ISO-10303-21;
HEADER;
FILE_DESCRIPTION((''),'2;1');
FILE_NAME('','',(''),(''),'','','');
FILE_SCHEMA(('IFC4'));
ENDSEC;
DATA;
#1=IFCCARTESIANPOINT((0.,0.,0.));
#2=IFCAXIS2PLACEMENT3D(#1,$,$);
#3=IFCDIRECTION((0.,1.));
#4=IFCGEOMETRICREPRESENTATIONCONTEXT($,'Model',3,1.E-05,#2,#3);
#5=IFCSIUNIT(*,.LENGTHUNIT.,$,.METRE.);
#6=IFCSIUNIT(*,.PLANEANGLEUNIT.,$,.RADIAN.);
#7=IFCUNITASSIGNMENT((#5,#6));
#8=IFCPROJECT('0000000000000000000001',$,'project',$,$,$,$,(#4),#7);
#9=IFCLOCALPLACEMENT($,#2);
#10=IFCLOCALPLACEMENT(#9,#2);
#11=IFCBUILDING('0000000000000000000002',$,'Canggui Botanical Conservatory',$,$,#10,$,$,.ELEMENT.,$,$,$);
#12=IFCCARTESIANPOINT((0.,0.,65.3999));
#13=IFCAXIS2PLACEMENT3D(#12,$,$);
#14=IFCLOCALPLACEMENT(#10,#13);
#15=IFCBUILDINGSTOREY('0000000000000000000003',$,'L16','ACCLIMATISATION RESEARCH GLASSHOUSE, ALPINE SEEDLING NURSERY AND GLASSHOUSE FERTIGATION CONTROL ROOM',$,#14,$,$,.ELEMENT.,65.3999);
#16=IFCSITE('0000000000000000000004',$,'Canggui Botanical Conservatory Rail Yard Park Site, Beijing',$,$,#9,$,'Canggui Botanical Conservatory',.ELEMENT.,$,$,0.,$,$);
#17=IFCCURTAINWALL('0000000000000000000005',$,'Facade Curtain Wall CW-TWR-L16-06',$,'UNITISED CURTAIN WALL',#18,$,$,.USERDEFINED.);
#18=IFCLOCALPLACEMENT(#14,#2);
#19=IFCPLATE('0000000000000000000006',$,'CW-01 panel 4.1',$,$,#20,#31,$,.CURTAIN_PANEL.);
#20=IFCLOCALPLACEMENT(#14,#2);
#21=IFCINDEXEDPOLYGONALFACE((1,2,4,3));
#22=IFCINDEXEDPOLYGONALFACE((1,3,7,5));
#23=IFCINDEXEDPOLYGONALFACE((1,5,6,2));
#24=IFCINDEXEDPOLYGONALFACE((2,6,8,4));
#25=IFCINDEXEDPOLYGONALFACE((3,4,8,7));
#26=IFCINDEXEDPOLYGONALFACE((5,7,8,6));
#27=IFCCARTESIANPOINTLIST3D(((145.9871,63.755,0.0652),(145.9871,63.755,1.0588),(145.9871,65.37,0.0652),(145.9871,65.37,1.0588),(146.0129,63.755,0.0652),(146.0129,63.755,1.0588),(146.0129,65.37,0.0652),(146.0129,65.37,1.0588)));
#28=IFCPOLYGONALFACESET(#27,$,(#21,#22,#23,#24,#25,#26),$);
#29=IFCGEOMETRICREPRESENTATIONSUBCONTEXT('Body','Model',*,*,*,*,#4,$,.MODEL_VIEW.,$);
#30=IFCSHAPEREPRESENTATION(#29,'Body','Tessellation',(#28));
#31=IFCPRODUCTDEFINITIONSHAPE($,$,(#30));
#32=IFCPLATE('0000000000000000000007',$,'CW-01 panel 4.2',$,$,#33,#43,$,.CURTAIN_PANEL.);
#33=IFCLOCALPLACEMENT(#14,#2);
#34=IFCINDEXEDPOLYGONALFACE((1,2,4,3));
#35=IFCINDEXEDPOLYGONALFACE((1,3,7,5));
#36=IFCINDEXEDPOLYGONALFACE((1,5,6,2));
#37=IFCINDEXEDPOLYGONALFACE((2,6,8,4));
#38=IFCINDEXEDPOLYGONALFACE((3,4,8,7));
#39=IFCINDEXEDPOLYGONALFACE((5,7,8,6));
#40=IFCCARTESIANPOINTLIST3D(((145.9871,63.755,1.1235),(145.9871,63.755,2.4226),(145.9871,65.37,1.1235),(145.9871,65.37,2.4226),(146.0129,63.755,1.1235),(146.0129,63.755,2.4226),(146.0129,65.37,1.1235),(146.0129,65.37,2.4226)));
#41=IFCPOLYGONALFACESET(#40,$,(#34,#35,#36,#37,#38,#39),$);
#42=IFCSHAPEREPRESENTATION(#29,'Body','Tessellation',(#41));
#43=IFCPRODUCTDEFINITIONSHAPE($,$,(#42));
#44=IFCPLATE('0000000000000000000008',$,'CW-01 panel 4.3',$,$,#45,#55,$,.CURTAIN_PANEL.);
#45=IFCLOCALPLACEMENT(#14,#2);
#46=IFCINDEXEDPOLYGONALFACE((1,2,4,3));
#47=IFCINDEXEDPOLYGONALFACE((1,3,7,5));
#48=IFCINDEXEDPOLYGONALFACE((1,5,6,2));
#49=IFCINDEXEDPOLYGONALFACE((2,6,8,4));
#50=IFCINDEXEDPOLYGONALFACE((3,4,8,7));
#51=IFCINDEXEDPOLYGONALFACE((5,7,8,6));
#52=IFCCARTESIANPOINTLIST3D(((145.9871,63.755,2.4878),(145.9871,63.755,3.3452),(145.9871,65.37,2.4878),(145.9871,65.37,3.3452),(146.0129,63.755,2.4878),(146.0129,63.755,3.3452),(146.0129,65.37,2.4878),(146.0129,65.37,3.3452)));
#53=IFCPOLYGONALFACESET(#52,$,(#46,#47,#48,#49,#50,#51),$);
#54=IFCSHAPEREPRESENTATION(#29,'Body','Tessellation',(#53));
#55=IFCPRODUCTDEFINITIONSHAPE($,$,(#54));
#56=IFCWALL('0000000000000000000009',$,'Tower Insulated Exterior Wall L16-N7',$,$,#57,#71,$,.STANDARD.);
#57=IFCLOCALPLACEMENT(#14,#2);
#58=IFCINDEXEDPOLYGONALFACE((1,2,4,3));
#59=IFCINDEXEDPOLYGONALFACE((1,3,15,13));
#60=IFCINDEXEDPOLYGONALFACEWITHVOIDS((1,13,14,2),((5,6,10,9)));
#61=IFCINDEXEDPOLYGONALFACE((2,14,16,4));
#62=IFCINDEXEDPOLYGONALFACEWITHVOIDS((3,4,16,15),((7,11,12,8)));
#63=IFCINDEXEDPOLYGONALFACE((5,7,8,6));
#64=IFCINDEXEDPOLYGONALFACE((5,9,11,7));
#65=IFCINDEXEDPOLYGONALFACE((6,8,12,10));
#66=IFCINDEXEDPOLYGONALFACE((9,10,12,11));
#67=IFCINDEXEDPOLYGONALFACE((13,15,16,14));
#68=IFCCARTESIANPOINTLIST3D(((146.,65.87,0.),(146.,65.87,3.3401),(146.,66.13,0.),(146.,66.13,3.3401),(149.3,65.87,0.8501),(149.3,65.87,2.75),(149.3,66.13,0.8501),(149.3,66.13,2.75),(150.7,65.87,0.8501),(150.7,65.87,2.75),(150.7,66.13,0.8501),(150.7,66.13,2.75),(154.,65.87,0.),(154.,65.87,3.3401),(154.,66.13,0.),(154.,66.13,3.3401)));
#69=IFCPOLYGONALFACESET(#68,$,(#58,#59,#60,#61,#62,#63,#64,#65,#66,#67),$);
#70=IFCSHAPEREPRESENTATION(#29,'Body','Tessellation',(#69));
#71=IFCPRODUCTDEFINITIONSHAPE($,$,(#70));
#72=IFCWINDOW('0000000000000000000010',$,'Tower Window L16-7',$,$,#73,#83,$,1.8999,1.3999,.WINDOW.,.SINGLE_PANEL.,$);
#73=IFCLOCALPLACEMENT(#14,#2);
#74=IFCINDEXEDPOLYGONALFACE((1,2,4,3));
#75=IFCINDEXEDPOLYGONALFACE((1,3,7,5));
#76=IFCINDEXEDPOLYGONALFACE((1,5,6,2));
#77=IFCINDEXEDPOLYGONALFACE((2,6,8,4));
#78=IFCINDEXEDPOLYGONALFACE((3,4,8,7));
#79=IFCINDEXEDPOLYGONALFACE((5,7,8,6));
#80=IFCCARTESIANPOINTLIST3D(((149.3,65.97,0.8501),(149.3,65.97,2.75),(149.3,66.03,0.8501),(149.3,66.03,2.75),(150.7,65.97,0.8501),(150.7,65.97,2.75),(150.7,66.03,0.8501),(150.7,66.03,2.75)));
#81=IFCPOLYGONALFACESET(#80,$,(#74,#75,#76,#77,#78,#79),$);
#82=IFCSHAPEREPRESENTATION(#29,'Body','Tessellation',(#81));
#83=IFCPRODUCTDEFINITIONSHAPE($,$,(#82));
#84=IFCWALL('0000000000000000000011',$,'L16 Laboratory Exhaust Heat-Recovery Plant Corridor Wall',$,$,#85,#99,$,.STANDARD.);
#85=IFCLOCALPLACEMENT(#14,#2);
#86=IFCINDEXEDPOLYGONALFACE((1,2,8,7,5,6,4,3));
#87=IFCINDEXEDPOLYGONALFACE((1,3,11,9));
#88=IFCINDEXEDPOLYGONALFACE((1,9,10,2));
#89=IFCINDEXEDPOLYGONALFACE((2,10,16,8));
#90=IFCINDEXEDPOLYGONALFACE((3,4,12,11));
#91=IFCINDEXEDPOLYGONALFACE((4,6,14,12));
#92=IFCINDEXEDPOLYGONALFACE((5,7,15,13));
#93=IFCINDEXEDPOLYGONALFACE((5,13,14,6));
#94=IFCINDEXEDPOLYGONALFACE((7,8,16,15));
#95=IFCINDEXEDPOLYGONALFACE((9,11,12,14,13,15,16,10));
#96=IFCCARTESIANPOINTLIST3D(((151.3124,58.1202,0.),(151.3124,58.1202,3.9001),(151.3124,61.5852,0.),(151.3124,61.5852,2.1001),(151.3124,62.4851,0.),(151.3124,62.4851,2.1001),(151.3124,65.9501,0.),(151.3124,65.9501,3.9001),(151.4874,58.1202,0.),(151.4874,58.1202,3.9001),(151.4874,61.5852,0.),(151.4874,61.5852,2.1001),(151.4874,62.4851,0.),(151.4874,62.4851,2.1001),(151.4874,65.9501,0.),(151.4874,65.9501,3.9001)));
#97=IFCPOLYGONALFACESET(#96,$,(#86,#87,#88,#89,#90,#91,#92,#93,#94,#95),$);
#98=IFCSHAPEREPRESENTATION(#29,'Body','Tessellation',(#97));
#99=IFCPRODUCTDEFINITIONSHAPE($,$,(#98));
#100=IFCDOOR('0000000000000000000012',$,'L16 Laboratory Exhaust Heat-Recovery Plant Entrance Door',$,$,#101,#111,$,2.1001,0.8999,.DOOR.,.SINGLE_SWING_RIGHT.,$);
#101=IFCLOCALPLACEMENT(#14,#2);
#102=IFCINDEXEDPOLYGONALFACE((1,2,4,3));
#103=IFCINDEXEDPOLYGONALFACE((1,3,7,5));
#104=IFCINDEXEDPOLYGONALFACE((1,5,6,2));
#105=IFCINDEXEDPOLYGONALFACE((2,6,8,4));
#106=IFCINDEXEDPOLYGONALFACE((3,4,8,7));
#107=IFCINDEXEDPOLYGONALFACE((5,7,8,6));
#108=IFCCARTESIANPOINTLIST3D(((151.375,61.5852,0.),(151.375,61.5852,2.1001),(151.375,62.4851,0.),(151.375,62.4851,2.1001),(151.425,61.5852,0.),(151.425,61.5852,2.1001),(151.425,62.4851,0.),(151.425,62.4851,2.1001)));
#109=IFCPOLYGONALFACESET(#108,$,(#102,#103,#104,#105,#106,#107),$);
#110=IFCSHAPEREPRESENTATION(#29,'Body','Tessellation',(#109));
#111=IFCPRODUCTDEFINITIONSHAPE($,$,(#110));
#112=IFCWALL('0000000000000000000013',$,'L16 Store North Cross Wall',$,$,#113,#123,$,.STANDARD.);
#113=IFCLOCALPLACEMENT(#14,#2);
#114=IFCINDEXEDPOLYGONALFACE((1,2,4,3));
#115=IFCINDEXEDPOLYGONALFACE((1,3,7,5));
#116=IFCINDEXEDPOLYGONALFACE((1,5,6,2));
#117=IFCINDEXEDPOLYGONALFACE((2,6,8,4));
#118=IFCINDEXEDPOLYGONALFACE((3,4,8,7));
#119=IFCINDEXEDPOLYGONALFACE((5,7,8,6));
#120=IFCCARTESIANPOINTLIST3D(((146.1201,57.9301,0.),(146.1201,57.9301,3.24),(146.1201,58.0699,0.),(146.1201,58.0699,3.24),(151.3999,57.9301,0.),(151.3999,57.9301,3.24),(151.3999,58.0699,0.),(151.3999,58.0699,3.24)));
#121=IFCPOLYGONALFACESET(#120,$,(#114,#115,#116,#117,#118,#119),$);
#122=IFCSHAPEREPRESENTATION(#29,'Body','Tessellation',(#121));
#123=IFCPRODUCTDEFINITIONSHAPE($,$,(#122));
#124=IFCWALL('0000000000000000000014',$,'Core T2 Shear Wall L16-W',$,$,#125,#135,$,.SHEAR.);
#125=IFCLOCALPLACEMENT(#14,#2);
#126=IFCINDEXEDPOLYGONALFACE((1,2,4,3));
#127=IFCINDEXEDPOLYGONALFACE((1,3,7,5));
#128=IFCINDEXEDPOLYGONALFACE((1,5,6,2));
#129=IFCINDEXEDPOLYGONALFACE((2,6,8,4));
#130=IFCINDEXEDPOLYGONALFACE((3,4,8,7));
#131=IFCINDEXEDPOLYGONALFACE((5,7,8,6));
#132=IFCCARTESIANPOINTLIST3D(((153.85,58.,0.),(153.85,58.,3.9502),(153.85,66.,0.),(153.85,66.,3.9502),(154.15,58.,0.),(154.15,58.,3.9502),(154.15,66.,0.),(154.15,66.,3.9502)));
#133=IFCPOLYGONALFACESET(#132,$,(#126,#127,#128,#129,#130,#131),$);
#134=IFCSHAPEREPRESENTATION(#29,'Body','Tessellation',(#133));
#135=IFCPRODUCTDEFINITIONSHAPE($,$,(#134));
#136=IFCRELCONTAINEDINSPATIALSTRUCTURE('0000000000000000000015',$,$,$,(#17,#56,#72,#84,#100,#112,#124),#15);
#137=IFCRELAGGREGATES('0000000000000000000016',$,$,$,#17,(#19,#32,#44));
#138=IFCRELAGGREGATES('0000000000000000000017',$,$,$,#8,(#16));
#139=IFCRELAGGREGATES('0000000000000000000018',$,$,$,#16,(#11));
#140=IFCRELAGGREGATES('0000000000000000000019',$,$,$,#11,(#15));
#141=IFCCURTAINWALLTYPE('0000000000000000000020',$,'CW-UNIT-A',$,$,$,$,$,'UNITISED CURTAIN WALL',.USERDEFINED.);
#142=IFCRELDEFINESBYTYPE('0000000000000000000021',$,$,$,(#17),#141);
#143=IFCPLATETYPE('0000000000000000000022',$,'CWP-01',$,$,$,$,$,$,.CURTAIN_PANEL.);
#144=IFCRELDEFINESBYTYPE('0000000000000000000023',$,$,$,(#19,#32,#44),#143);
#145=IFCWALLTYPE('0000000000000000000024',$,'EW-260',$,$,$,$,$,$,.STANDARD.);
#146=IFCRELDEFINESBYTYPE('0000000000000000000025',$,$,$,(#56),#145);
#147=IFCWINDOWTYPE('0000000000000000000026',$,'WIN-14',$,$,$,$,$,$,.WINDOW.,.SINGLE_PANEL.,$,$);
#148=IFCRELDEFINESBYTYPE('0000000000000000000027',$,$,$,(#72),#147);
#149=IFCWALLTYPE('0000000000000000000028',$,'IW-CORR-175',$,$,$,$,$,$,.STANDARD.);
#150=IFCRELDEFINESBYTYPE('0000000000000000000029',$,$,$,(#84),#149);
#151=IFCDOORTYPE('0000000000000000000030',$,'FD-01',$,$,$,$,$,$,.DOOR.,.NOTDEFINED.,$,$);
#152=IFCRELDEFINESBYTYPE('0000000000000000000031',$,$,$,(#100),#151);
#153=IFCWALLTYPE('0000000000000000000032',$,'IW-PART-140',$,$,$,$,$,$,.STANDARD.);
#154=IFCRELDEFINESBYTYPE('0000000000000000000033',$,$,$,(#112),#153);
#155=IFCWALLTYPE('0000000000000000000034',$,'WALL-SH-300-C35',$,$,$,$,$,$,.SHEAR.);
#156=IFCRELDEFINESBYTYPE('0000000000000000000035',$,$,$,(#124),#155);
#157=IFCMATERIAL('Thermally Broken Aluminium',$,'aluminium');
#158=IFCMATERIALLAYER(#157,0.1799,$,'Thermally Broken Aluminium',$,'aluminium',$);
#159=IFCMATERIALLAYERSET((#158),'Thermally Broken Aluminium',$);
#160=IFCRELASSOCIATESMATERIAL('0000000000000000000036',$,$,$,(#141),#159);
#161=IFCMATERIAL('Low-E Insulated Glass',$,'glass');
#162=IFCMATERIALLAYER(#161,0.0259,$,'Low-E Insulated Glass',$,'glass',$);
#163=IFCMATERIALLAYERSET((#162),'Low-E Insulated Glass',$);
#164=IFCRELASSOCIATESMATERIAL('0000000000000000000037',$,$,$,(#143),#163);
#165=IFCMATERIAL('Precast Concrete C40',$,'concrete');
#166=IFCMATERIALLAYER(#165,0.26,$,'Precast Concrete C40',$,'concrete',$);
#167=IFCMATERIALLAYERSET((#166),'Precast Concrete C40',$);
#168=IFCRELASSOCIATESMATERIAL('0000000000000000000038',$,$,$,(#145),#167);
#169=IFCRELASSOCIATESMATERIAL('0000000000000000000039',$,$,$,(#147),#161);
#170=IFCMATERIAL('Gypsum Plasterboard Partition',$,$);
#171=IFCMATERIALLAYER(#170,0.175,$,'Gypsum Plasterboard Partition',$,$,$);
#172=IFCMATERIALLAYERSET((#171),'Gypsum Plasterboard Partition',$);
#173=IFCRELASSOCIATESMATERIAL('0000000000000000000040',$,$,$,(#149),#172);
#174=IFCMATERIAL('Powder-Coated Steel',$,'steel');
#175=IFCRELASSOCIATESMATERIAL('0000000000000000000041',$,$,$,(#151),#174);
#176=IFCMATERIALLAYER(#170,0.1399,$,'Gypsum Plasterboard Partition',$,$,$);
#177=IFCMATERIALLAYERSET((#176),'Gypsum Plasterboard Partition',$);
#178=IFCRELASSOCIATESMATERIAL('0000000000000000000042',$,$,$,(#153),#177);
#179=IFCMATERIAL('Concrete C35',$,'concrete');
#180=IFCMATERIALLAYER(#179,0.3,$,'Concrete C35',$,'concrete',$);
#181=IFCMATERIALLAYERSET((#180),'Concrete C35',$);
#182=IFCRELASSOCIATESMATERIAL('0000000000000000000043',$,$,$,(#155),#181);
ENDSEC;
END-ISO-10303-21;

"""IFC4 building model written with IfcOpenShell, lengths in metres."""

from ifc_helpers import new_model, si_unit, direction, frame, frame_2d, origin, origin_2d, place, context, subcontext, project, spatial, rectangle, extrude, material, layer, layer_set, type_object, element, fill, aggregate, save


model = new_model("IFC4")

# Units and contexts
model_context = context("Model", 3, precision=1e-05, world=origin(), true_north=direction((0.0, 1.0)))
body_context = subcontext(model_context, "Body", "Model", "MODEL_VIEW")
ifc_project = project(units=[si_unit("LENGTHUNIT", "METRE"), si_unit("PLANEANGLEUNIT", "RADIAN")], contexts=[model_context])

# Site, building, storey
site_placement = place(None, origin())
site = spatial("IfcSite", under=ifc_project, at=site_placement, Name="Canggui Botanical Conservatory Rail Yard Park Site, Beijing", LongName="Canggui Botanical Conservatory", CompositionType="ELEMENT", RefElevation=0.0)
building_placement = place(site_placement, origin())
building = spatial("IfcBuilding", under=site, at=building_placement, Name="Canggui Botanical Conservatory", CompositionType="ELEMENT")
storey_placement = place(building_placement, frame((0.0, 0.0, 65.3999)))
storey = spatial("IfcBuildingStorey", under=building, at=storey_placement, Name="L16", Description="ACCLIMATISATION RESEARCH GLASSHOUSE, ALPINE SEEDLING NURSERY AND GLASSHOUSE FERTIGATION CONTROL ROOM", CompositionType="ELEMENT", Elevation=65.3999)

# Shared definitions
ifc_material_1 = material(Name="Concrete C35", Category="concrete")

# Curtain wall, plates
ifc_material_2 = material(Name="Thermally Broken Aluminium", Category="aluminium")
ifc_layer_1 = layer(ifc_material_2, 0.1799, Name="Thermally Broken Aluminium", Category="aluminium")
ifc_layer_set_1 = layer_set([ifc_layer_1], Name="Thermally Broken Aluminium")
curtain_wall_type = type_object("IfcCurtainWallType", Name="CW-UNIT-A", ElementType="UNITISED CURTAIN WALL", PredefinedType="USERDEFINED", material=ifc_layer_set_1)
curtain_wall_placement = place(storey_placement, origin())
curtain_wall = element("IfcCurtainWall", 1, at=curtain_wall_placement, inside=storey, type_object=curtain_wall_type, Name="Facade Curtain Wall CW-TWR-L16-06", ObjectType="UNITISED CURTAIN WALL", PredefinedType="USERDEFINED")
ifc_material_3 = material(Name="Low-E Insulated Glass", Category="glass")
ifc_layer_2 = layer(ifc_material_3, 0.0259, Name="Low-E Insulated Glass", Category="glass")
ifc_layer_set_2 = layer_set([ifc_layer_2], Name="Low-E Insulated Glass")
plate_type = type_object("IfcPlateType", Name="CWP-01", PredefinedType="CURTAIN_PANEL", material=ifc_layer_set_2)
plate_1_placement = place(storey_placement, frame((146.0, 64.5625, 0.0652), z_axis=(0.0, 0.0, 1.0), x_axis=(0.0, 1.0, 0.0)))
plate_1 = element("IfcPlate", 2, at=plate_1_placement, type_object=plate_type, Name="CW-01 panel 4.1", PredefinedType="CURTAIN_PANEL", context=body_context, shape_type="SweptSolid", body=[
    extrude(rectangle(XDim=1.615, YDim=0.0259, at=origin_2d()), origin(), (0.0, 0.0, 1.0), 0.9937),
])
plate_2_placement = place(storey_placement, frame((146.0, 64.5625, 1.1235), z_axis=(0.0, 0.0, 1.0), x_axis=(0.0, 1.0, 0.0)))
plate_2 = element("IfcPlate", 3, at=plate_2_placement, type_object=plate_type, Name="CW-01 panel 4.2", PredefinedType="CURTAIN_PANEL", context=body_context, shape_type="SweptSolid", body=[
    extrude(rectangle(XDim=1.615, YDim=0.0259, at=origin_2d()), origin(), (0.0, 0.0, 1.0), 1.2991),
])
plate_3_placement = place(storey_placement, frame((146.0, 64.5625, 2.4878), z_axis=(0.0, 0.0, 1.0), x_axis=(0.0, 1.0, 0.0)))
plate_3 = element("IfcPlate", 4, at=plate_3_placement, type_object=plate_type, Name="CW-01 panel 4.3", PredefinedType="CURTAIN_PANEL", context=body_context, shape_type="SweptSolid", body=[
    extrude(rectangle(XDim=1.615, YDim=0.0259, at=origin_2d()), origin(), (0.0, 0.0, 1.0), 0.8574),
])
aggregate(curtain_wall, [plate_1, plate_2, plate_3])

# Wall, opening, window
ifc_material_4 = material(Name="Precast Concrete C40", Category="concrete")
ifc_layer_3 = layer(ifc_material_4, 0.26, Name="Precast Concrete C40", Category="concrete")
ifc_layer_set_3 = layer_set([ifc_layer_3], Name="Precast Concrete C40")
wall_type_1 = type_object("IfcWallType", Name="EW-260", PredefinedType="STANDARD", material=ifc_layer_set_3)
wall_1_placement = place(storey_placement, frame((146.0, 66.0, 0.0), z_axis=(0.0, 0.0, 1.0), x_axis=(1.0, 0.0, 0.0)))
wall_1 = element("IfcWall", 5, at=wall_1_placement, inside=storey, type_object=wall_type_1, Name="Tower Insulated Exterior Wall L16-N7", PredefinedType="STANDARD", context=body_context, shape_type="SweptSolid", body=[
    extrude(rectangle(XDim=8.0, YDim=0.26, at=frame_2d((4.0, 0.0))), origin(), (0.0, 0.0, 1.0), 3.3401),
])
opening_1_placement = place(wall_1_placement, frame((3.3, 0.0, 0.8501)))
opening_1 = element("IfcOpeningElement", 6, at=opening_1_placement, cuts=wall_1, PredefinedType="OPENING", context=body_context, shape_type="SweptSolid", body=[
    extrude(rectangle(XDim=1.3999, YDim=1.8999, at=frame_2d((0.7, 0.95))), frame((0.0, 0.1401, 0.0), z_axis=(0.0, -1.0, 0.0), x_axis=(1.0, 0.0, 0.0)), (0.0, 0.0, 1.0), 0.28),
])
window_type = type_object("IfcWindowType", Name="WIN-14", PartitioningType="SINGLE_PANEL", PredefinedType="WINDOW", material=ifc_material_3)
window_placement = place(opening_1_placement, origin())
window = element("IfcWindow", 7, at=window_placement, inside=storey, type_object=window_type, Name="Tower Window L16-7", OverallHeight=1.8999, OverallWidth=1.3999, PartitioningType="SINGLE_PANEL", PredefinedType="WINDOW", context=body_context, shape_type="SweptSolid", body=[
    extrude(rectangle(XDim=1.3999, YDim=1.8999, at=frame_2d((0.7, 0.95))), frame((0.0, 0.03, 0.0), z_axis=(0.0, -1.0, 0.0), x_axis=(1.0, 0.0, 0.0)), (0.0, 0.0, 1.0), 0.0601),
])
fill(opening_1, window)

# Wall, opening, door
ifc_material_5 = material(Name="Gypsum Plasterboard Partition")
ifc_layer_4 = layer(ifc_material_5, 0.175, Name="Gypsum Plasterboard Partition")
ifc_layer_set_4 = layer_set([ifc_layer_4], Name="Gypsum Plasterboard Partition")
wall_type_2 = type_object("IfcWallType", Name="IW-CORR-175", PredefinedType="STANDARD", material=ifc_layer_set_4)
wall_2_placement = place(storey_placement, frame((151.3999, 58.1201, 0.0), z_axis=(0.0, 0.0, 1.0), x_axis=(0.0, 1.0, 0.0)))
wall_2 = element("IfcWall", 8, at=wall_2_placement, inside=storey, type_object=wall_type_2, Name="L16 Laboratory Exhaust Heat-Recovery Plant Corridor Wall", PredefinedType="STANDARD", context=body_context, shape_type="SweptSolid", body=[
    extrude(rectangle(XDim=7.8298, YDim=0.175, at=frame_2d((3.915, 0.0))), origin(), (0.0, 0.0, 1.0), 3.9001),
])
opening_2_placement = place(wall_2_placement, frame((3.4651, 0.0, 0.0)))
opening_2 = element("IfcOpeningElement", 9, at=opening_2_placement, cuts=wall_2, PredefinedType="OPENING", context=body_context, shape_type="SweptSolid", body=[
    extrude(rectangle(XDim=0.8999, YDim=2.1001, at=frame_2d((0.45, 1.05))), frame((0.0, 0.0977, 0.0), z_axis=(0.0, -1.0, 0.0), x_axis=(1.0, 0.0, 0.0)), (0.0, 0.0, 1.0), 0.1951),
])
ifc_material_6 = material(Name="Powder-Coated Steel", Category="steel")
door_type_1 = type_object("IfcDoorType", Name="FD-01", OperationType="NOTDEFINED", PredefinedType="DOOR", material=ifc_material_6)
door_1_placement = place(opening_2_placement, origin())
door_1 = element("IfcDoor", 10, at=door_1_placement, inside=storey, type_object=door_type_1, Name="L16 Laboratory Exhaust Heat-Recovery Plant Entrance Door", OperationType="SINGLE_SWING_RIGHT", OverallHeight=2.1001, OverallWidth=0.8999, PredefinedType="DOOR", context=body_context, shape_type="SweptSolid", body=[
    extrude(rectangle(XDim=0.8999, YDim=2.1001, at=frame_2d((0.45, 1.05))), frame((0.0, 0.0249, 0.0), z_axis=(0.0, -1.0, 0.0), x_axis=(1.0, 0.0, 0.0)), (0.0, 0.0, 1.0), 0.05),
])
fill(opening_2, door_1)

# Wall
ifc_layer_5 = layer(ifc_material_5, 0.1399, Name="Gypsum Plasterboard Partition")
ifc_layer_set_5 = layer_set([ifc_layer_5], Name="Gypsum Plasterboard Partition")
wall_type_3 = type_object("IfcWallType", Name="IW-PART-140", PredefinedType="STANDARD", material=ifc_layer_set_5)
wall_3_placement = place(storey_placement, frame((146.1201, 58.0, 0.0), z_axis=(0.0, 0.0, 1.0), x_axis=(1.0, 0.0, 0.0)))
element("IfcWall", 11, at=wall_3_placement, inside=storey, type_object=wall_type_3, Name="L16 Store North Cross Wall", PredefinedType="STANDARD", context=body_context, shape_type="SweptSolid", body=[
    extrude(rectangle(XDim=5.2798, YDim=0.1399, at=frame_2d((2.6399, 0.0))), origin(), (0.0, 0.0, 1.0), 3.24),
])

# Shared definitions
ifc_layer_6 = layer(ifc_material_1, 0.3, Name="Concrete C35", Category="concrete")
ifc_layer_set_6 = layer_set([ifc_layer_6], Name="Concrete C35")
wall_type_4 = type_object("IfcWallType", Name="WALL-SH-300-C35", PredefinedType="SHEAR", material=ifc_layer_set_6)

# Wall
wall_4_placement = place(storey_placement, frame((154.0, 66.0, 0.0), z_axis=(0.0, 0.0, 1.0), x_axis=(0.0, -1.0, 0.0)))
element("IfcWall", 12, at=wall_4_placement, inside=storey, type_object=wall_type_4, Name="Core T2 Shear Wall L16-W", PredefinedType="SHEAR", context=body_context, shape_type="SweptSolid", body=[
    extrude(rectangle(XDim=8.0, YDim=0.3, at=frame_2d((4.0, 0.0))), origin(), (0.0, 0.0, 1.0), 3.9502),
])

save(model, "model.ifc")
